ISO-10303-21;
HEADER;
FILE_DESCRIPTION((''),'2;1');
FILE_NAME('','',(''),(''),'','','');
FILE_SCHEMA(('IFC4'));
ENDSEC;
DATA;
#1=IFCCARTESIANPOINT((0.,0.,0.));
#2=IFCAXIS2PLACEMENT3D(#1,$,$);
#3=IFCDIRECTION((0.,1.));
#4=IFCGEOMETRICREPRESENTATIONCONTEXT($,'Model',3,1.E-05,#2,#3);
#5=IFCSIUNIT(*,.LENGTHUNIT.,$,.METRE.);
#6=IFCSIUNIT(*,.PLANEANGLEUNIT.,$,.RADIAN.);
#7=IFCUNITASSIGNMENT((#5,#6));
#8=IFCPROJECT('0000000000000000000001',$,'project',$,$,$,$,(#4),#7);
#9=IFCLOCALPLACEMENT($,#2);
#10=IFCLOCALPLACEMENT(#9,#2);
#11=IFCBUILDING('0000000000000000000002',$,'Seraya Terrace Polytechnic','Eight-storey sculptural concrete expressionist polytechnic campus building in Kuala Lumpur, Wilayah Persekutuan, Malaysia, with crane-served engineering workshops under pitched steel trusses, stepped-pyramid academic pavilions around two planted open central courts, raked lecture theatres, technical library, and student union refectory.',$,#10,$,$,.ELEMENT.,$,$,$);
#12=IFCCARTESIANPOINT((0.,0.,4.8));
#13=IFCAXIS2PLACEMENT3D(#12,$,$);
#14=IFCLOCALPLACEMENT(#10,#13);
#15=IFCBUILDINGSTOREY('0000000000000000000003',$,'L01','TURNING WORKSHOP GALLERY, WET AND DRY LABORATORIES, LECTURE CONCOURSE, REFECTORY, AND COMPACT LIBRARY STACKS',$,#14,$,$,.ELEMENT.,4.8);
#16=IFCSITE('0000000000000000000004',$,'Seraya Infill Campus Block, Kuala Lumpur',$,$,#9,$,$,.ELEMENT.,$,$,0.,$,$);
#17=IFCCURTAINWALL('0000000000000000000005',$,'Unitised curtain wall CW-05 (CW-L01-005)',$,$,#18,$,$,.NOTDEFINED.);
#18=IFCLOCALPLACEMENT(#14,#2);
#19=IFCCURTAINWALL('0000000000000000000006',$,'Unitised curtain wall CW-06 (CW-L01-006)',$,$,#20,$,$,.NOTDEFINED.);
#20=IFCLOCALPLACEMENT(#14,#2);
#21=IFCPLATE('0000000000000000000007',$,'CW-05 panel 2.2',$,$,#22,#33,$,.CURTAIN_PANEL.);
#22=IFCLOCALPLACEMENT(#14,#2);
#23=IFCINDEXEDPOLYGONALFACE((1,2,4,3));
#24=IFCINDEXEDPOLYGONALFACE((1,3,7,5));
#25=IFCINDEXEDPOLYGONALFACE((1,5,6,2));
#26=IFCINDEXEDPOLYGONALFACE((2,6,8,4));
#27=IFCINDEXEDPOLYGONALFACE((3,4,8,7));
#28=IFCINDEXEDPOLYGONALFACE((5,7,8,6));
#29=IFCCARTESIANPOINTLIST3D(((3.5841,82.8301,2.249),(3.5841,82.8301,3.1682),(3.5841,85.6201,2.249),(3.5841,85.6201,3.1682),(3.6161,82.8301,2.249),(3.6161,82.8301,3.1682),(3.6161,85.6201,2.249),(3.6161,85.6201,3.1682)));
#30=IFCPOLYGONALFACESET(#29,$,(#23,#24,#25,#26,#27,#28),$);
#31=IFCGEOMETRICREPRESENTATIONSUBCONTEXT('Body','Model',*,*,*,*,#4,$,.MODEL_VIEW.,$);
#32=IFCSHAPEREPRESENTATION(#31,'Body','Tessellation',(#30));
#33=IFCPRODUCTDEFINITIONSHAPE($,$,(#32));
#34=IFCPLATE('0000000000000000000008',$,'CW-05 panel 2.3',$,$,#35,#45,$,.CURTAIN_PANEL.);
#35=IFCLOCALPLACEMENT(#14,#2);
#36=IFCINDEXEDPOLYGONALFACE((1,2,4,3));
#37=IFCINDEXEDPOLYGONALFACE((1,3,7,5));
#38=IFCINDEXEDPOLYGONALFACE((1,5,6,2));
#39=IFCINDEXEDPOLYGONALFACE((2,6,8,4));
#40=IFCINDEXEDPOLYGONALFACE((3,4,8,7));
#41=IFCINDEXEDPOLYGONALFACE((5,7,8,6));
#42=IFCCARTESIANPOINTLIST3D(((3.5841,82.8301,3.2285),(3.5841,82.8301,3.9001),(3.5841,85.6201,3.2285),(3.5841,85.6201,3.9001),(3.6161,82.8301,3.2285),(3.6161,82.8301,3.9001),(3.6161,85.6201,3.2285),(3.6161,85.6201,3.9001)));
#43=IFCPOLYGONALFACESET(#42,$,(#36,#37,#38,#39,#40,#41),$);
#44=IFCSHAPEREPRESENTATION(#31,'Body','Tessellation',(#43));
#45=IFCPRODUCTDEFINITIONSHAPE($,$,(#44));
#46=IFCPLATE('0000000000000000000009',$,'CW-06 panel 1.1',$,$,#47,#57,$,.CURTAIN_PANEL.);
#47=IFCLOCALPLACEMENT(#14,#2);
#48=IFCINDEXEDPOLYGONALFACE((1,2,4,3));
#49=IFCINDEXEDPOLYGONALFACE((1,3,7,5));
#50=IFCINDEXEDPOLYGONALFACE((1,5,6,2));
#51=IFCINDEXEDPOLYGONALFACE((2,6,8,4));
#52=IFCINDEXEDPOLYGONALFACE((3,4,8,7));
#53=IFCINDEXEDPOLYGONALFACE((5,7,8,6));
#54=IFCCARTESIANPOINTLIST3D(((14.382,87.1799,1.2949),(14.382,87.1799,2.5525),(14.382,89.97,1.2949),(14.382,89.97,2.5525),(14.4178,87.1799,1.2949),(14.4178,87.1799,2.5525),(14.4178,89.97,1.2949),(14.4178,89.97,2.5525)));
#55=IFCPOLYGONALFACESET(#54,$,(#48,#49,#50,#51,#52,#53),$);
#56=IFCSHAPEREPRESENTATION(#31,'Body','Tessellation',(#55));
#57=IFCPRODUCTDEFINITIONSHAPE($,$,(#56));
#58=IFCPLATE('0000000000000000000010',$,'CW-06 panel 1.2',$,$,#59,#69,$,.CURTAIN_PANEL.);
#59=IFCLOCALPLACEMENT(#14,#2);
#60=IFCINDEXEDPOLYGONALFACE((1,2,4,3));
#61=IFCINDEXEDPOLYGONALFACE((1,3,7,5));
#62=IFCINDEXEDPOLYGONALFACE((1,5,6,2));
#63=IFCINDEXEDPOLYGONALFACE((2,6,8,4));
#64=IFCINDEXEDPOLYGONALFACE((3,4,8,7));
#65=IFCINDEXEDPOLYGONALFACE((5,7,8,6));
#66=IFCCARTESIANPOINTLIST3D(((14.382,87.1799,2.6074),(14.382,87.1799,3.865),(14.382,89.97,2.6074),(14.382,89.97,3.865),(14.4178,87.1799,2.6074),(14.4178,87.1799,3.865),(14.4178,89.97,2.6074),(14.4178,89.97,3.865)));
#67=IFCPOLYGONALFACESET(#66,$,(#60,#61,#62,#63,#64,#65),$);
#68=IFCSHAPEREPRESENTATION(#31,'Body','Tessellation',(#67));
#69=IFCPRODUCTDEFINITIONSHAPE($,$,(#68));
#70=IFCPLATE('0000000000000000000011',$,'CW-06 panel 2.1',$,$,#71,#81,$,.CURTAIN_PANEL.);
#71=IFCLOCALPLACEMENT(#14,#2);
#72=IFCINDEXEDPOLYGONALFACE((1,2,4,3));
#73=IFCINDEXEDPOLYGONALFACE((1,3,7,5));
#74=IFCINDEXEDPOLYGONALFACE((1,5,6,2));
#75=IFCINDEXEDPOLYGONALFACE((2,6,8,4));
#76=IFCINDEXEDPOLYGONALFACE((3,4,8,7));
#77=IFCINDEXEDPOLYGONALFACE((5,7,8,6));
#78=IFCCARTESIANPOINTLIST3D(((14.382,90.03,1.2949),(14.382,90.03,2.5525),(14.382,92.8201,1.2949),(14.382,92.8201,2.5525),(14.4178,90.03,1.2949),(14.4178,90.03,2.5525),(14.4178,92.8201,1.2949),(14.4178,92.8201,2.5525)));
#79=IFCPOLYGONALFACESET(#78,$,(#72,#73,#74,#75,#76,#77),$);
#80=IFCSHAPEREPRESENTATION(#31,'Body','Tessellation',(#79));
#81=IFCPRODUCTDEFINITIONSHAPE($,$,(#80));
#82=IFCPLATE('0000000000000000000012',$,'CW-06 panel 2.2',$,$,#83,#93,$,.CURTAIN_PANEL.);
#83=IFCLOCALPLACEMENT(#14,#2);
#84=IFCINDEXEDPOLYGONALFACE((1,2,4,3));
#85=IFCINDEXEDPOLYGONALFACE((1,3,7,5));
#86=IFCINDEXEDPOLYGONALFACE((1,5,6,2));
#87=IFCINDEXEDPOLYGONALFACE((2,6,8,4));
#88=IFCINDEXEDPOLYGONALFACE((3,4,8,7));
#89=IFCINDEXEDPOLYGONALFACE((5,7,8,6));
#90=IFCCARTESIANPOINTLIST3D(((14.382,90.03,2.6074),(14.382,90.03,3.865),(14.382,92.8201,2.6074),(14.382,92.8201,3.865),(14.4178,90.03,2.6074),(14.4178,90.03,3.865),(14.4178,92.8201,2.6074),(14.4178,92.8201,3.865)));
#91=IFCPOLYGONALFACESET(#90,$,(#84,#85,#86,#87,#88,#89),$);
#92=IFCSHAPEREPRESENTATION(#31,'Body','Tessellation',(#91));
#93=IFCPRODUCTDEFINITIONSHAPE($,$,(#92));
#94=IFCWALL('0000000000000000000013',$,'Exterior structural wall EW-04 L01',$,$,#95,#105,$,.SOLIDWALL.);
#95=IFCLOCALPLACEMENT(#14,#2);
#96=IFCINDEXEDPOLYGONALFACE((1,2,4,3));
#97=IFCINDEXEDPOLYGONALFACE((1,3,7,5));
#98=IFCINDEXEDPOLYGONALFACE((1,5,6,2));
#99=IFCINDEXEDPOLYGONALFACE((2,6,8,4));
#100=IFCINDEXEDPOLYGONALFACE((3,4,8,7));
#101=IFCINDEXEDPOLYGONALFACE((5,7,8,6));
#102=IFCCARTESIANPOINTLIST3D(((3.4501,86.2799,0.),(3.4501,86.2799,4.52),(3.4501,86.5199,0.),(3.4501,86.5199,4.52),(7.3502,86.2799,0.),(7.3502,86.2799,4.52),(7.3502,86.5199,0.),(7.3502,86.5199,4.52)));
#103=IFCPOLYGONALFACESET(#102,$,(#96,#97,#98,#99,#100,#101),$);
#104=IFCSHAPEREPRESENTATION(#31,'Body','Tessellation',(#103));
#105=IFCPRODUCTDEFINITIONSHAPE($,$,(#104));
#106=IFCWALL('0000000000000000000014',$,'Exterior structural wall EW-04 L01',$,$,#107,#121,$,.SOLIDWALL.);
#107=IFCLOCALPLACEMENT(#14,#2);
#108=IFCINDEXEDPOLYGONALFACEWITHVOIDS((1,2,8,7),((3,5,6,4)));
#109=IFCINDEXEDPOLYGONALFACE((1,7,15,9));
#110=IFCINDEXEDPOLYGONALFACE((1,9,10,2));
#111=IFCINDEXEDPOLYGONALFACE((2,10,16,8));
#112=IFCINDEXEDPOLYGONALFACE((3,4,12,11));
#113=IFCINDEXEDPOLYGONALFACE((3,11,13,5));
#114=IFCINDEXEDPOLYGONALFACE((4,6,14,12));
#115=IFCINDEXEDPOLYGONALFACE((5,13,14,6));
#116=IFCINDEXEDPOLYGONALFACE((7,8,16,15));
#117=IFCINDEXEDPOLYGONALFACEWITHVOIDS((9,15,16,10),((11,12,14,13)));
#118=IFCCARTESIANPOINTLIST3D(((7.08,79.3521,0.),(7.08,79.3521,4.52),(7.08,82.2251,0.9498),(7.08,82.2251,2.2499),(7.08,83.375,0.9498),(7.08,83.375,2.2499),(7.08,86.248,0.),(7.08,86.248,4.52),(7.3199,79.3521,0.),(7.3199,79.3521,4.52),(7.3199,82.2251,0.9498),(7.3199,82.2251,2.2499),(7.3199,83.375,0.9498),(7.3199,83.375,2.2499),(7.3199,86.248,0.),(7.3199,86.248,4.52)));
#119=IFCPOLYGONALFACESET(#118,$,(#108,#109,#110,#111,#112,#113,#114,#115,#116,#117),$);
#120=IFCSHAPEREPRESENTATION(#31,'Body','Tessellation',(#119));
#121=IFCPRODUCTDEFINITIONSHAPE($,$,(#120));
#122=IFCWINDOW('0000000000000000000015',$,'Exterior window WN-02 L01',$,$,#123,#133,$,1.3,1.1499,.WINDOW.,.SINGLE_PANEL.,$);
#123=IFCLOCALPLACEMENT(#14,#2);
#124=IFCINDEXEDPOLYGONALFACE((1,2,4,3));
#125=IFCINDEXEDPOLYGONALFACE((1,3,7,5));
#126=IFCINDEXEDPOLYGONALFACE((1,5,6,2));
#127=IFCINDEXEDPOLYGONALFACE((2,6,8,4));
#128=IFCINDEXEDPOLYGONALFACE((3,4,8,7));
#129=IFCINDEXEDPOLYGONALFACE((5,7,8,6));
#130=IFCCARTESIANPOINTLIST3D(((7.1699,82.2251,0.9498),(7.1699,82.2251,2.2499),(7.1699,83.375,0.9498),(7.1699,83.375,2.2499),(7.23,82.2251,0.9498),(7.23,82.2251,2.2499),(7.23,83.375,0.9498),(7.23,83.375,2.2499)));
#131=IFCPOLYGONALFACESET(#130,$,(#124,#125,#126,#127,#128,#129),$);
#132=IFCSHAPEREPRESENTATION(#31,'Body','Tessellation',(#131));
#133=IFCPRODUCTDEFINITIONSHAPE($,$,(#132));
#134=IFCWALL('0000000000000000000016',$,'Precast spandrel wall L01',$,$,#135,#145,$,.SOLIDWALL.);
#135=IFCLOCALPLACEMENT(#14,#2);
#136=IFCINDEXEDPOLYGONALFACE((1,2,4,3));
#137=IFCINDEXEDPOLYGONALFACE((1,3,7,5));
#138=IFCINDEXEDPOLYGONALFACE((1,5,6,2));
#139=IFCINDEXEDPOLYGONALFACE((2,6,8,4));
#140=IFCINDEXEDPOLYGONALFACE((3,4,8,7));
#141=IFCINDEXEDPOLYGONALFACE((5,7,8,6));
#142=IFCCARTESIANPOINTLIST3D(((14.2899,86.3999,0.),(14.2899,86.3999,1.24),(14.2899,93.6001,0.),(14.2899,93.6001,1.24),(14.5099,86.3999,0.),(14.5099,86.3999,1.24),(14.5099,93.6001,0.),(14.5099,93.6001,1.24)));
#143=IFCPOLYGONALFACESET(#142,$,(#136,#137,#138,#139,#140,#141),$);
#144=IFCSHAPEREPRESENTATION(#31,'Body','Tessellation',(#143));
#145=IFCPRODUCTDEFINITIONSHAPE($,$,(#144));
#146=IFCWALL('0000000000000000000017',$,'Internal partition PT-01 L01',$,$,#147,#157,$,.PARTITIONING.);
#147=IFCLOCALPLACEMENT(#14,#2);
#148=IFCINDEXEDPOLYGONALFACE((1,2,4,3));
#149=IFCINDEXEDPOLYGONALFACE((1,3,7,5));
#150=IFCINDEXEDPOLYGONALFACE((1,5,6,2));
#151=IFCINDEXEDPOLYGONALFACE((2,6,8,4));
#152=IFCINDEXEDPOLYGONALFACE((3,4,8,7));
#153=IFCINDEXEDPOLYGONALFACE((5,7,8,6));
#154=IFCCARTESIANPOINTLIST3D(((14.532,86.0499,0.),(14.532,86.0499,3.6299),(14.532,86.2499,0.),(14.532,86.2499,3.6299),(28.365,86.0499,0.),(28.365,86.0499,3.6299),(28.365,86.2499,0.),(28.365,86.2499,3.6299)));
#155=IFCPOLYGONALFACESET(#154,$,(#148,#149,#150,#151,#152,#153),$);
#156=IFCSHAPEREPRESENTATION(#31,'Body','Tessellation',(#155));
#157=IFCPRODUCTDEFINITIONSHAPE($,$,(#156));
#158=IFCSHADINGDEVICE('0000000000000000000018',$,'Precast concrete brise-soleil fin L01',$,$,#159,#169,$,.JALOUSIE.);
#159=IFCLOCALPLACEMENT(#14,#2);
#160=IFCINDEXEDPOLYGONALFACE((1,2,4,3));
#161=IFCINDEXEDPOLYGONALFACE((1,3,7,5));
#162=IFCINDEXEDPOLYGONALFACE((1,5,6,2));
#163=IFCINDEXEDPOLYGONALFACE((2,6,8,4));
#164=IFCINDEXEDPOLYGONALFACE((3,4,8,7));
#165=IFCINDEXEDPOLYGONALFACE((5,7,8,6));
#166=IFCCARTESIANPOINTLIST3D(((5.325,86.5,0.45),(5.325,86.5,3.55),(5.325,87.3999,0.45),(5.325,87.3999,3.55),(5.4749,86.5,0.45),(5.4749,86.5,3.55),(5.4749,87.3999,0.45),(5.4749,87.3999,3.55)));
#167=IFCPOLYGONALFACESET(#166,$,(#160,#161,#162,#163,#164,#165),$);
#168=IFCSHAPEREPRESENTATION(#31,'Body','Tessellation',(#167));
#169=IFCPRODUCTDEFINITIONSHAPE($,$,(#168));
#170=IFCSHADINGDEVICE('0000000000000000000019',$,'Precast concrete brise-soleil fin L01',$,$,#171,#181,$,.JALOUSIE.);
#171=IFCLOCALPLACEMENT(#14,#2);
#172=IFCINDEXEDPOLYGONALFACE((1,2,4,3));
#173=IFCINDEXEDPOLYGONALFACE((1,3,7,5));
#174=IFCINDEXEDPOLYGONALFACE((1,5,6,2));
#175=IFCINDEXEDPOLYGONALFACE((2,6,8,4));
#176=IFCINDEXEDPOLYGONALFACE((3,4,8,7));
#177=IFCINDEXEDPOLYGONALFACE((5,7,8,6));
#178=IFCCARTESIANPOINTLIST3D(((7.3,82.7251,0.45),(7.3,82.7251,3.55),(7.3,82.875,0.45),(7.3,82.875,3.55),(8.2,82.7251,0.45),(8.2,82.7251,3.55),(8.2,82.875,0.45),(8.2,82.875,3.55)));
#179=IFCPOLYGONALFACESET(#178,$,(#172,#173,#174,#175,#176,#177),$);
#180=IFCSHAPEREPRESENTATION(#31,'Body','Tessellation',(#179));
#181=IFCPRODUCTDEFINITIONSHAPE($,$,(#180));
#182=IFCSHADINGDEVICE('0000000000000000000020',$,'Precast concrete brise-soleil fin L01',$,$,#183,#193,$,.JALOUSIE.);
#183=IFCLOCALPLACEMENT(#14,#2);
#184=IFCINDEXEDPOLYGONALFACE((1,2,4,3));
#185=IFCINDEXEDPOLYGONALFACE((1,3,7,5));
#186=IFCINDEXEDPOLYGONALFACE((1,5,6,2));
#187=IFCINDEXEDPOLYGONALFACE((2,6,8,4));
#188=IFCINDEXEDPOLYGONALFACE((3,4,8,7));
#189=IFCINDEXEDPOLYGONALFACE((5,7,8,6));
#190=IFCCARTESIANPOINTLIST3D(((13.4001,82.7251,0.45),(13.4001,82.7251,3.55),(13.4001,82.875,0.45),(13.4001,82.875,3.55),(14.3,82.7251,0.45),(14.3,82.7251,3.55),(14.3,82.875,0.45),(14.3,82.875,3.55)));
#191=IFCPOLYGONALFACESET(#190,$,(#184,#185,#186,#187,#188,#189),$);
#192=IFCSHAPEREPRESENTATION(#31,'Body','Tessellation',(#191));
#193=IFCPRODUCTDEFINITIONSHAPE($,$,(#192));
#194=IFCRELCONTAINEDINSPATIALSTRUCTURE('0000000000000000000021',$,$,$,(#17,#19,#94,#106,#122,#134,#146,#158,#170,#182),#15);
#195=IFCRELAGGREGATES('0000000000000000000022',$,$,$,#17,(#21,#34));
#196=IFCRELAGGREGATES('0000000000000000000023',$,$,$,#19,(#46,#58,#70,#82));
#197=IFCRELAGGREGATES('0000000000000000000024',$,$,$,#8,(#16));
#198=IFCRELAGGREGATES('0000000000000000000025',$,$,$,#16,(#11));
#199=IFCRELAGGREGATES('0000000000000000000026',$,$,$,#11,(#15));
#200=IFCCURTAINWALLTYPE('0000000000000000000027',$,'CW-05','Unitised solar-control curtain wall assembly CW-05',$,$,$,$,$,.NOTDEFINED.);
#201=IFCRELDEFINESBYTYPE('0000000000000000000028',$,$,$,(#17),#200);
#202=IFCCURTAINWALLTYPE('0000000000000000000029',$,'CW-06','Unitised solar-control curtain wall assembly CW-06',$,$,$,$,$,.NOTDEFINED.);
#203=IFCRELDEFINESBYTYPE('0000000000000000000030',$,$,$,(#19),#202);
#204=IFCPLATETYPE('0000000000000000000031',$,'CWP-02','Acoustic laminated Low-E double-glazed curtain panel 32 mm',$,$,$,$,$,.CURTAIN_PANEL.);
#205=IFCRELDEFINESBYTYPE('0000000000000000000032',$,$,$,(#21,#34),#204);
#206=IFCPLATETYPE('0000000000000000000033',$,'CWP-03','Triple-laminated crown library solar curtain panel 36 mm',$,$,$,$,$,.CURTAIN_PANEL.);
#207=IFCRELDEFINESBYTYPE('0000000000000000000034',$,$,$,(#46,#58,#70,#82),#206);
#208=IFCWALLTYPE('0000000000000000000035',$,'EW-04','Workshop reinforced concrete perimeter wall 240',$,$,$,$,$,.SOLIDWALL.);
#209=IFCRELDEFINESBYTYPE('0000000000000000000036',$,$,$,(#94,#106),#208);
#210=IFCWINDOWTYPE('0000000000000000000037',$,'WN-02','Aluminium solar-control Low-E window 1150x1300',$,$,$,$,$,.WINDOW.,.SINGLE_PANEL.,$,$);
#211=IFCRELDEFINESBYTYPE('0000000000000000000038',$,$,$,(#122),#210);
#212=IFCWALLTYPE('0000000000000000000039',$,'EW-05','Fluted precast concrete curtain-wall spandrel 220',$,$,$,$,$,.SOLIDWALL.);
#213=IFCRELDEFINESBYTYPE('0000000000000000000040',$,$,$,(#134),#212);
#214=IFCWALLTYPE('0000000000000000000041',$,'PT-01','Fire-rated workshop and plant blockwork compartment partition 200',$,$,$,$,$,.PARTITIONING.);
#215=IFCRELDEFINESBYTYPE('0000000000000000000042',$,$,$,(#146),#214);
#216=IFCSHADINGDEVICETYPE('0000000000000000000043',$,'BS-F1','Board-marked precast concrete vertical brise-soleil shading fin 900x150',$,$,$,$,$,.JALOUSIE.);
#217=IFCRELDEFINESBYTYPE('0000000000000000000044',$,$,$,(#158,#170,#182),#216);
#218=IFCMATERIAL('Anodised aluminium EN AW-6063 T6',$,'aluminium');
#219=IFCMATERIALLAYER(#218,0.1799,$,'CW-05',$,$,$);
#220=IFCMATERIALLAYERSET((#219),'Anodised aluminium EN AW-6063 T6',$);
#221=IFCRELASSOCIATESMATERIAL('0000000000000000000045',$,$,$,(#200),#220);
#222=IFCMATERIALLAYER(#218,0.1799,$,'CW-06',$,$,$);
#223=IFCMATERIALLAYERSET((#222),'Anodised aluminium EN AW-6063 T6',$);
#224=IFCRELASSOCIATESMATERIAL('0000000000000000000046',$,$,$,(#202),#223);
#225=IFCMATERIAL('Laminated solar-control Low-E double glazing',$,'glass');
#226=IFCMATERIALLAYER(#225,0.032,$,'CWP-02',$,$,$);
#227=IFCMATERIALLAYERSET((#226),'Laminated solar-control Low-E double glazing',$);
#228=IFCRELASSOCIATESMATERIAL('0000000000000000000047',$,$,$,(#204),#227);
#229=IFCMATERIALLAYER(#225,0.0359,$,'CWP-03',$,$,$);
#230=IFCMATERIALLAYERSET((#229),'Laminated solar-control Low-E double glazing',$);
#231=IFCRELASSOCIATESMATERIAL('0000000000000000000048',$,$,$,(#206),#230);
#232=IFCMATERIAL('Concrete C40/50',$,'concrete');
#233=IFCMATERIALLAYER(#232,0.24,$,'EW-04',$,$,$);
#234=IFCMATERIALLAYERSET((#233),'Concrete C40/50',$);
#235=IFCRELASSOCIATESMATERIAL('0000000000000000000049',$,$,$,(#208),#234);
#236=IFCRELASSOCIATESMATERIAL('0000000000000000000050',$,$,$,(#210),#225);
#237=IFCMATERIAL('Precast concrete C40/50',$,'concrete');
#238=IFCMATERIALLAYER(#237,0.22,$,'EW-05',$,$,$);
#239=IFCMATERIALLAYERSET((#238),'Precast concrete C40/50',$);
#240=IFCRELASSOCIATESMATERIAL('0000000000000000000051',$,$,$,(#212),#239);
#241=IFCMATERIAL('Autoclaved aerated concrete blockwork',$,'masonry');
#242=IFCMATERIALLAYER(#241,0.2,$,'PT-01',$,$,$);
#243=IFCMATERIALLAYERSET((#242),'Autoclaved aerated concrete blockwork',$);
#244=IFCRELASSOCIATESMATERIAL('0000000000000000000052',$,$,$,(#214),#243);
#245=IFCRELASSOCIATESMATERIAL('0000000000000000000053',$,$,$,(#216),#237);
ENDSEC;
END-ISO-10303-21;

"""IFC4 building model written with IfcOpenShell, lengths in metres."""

from ifc_helpers import new_model, si_unit, direction, frame, frame_2d, origin, origin_2d, place, context, subcontext, project, spatial, rectangle, extrude, material, layer, layer_set, type_object, element, fill, aggregate, save


model = new_model("IFC4")

# Units and contexts
model_context = context("Model", 3, precision=1e-05, world=origin(), true_north=direction((0.0, 1.0)))
body_context = subcontext(model_context, "Body", "Model", "MODEL_VIEW")
ifc_project = project(units=[si_unit("LENGTHUNIT", "METRE"), si_unit("PLANEANGLEUNIT", "RADIAN")], contexts=[model_context])

# Site, building, storey
site_placement = place(None, origin())
site = spatial("IfcSite", under=ifc_project, at=site_placement, Name="Seraya Infill Campus Block, Kuala Lumpur", CompositionType="ELEMENT", RefElevation=0.0)
building_placement = place(site_placement, origin())
building = spatial("IfcBuilding", under=site, at=building_placement, Name="Seraya Terrace Polytechnic", Description="Eight-storey sculptural concrete expressionist polytechnic campus building in Kuala Lumpur, Wilayah Persekutuan, Malaysia, with crane-served engineering workshops under pitched steel trusses, stepped-pyramid academic pavilions around two planted open central courts, raked lecture theatres, technical library, and student union refectory.", CompositionType="ELEMENT")
storey_placement = place(building_placement, frame((0.0, 0.0, 4.8)))
storey = spatial("IfcBuildingStorey", under=building, at=storey_placement, Name="L01", Description="TURNING WORKSHOP GALLERY, WET AND DRY LABORATORIES, LECTURE CONCOURSE, REFECTORY, AND COMPACT LIBRARY STACKS", CompositionType="ELEMENT", Elevation=4.8)

# Shared definitions
ifc_material_1 = material(Name="Concrete C40/50", Category="concrete")

# Curtain walls
ifc_material_2 = material(Name="Anodised aluminium EN AW-6063 T6", Category="aluminium")
ifc_layer_1 = layer(ifc_material_2, 0.1799, Name="CW-05")
ifc_layer_set_1 = layer_set([ifc_layer_1], Name="Anodised aluminium EN AW-6063 T6")
curtain_wall_type_1 = type_object("IfcCurtainWallType", Name="CW-05", Description="Unitised solar-control curtain wall assembly CW-05", PredefinedType="NOTDEFINED", material=ifc_layer_set_1)
curtain_wall_1_placement = place(storey_placement, origin())
curtain_wall_1 = element("IfcCurtainWall", 1, at=curtain_wall_1_placement, inside=storey, type_object=curtain_wall_type_1, Name="Unitised curtain wall CW-05 (CW-L01-005)", PredefinedType="NOTDEFINED")
ifc_layer_2 = layer(ifc_material_2, 0.1799, Name="CW-06")
ifc_layer_set_2 = layer_set([ifc_layer_2], Name="Anodised aluminium EN AW-6063 T6")
curtain_wall_type_2 = type_object("IfcCurtainWallType", Name="CW-06", Description="Unitised solar-control curtain wall assembly CW-06", PredefinedType="NOTDEFINED", material=ifc_layer_set_2)
curtain_wall_2_placement = place(storey_placement, origin())
curtain_wall_2 = element("IfcCurtainWall", 2, at=curtain_wall_2_placement, inside=storey, type_object=curtain_wall_type_2, Name="Unitised curtain wall CW-06 (CW-L01-006)", PredefinedType="NOTDEFINED")

# Plates
ifc_material_3 = material(Name="Laminated solar-control Low-E double glazing", Category="glass")
ifc_layer_3 = layer(ifc_material_3, 0.032, Name="CWP-02")
ifc_layer_set_3 = layer_set([ifc_layer_3], Name="Laminated solar-control Low-E double glazing")
plate_type_1 = type_object("IfcPlateType", Name="CWP-02", Description="Acoustic laminated Low-E double-glazed curtain panel 32 mm", PredefinedType="CURTAIN_PANEL", material=ifc_layer_set_3)
plate_1_placement = place(storey_placement, frame((3.6001, 84.2251, 2.249), z_axis=(0.0, 0.0, 1.0), x_axis=(0.0, 1.0, 0.0)))
plate_1 = element("IfcPlate", 3, at=plate_1_placement, type_object=plate_type_1, Name="CW-05 panel 2.2", PredefinedType="CURTAIN_PANEL", context=body_context, shape_type="SweptSolid", body=[
    extrude(rectangle(XDim=2.79, YDim=0.032, at=origin_2d()), origin(), (0.0, 0.0, 1.0), 0.9192),
])
plate_2_placement = place(storey_placement, frame((3.6001, 84.2251, 3.2285), z_axis=(0.0, 0.0, 1.0), x_axis=(0.0, 1.0, 0.0)))
plate_2 = element("IfcPlate", 4, at=plate_2_placement, type_object=plate_type_1, Name="CW-05 panel 2.3", PredefinedType="CURTAIN_PANEL", context=body_context, shape_type="SweptSolid", body=[
    extrude(rectangle(XDim=2.79, YDim=0.032, at=origin_2d()), origin(), (0.0, 0.0, 1.0), 0.6716),
])
aggregate(curtain_wall_1, [plate_1, plate_2])
ifc_layer_4 = layer(ifc_material_3, 0.0359, Name="CWP-03")
ifc_layer_set_4 = layer_set([ifc_layer_4], Name="Laminated solar-control Low-E double glazing")
plate_type_2 = type_object("IfcPlateType", Name="CWP-03", Description="Triple-laminated crown library solar curtain panel 36 mm", PredefinedType="CURTAIN_PANEL", material=ifc_layer_set_4)
plate_3_placement = place(storey_placement, frame((14.3999, 88.575, 1.2949), z_axis=(0.0, 0.0, 1.0), x_axis=(0.0, 1.0, 0.0)))
plate_3 = element("IfcPlate", 5, at=plate_3_placement, type_object=plate_type_2, Name="CW-06 panel 1.1", PredefinedType="CURTAIN_PANEL", context=body_context, shape_type="SweptSolid", body=[
    extrude(rectangle(XDim=2.79, YDim=0.0359, at=origin_2d()), origin(), (0.0, 0.0, 1.0), 1.2576),
])
plate_4_placement = place(storey_placement, frame((14.3999, 88.575, 2.6074), z_axis=(0.0, 0.0, 1.0), x_axis=(0.0, 1.0, 0.0)))
plate_4 = element("IfcPlate", 6, at=plate_4_placement, type_object=plate_type_2, Name="CW-06 panel 1.2", PredefinedType="CURTAIN_PANEL", context=body_context, shape_type="SweptSolid", body=[
    extrude(rectangle(XDim=2.79, YDim=0.0359, at=origin_2d()), origin(), (0.0, 0.0, 1.0), 1.2576),
])
plate_5_placement = place(storey_placement, frame((14.3999, 91.425, 1.2949), z_axis=(0.0, 0.0, 1.0), x_axis=(0.0, 1.0, 0.0)))
plate_5 = element("IfcPlate", 7, at=plate_5_placement, type_object=plate_type_2, Name="CW-06 panel 2.1", PredefinedType="CURTAIN_PANEL", context=body_context, shape_type="SweptSolid", body=[
    extrude(rectangle(XDim=2.79, YDim=0.0359, at=origin_2d()), origin(), (0.0, 0.0, 1.0), 1.2576),
])
plate_6_placement = place(storey_placement, frame((14.3999, 91.425, 2.6074), z_axis=(0.0, 0.0, 1.0), x_axis=(0.0, 1.0, 0.0)))
plate_6 = element("IfcPlate", 8, at=plate_6_placement, type_object=plate_type_2, Name="CW-06 panel 2.2", PredefinedType="CURTAIN_PANEL", context=body_context, shape_type="SweptSolid", body=[
    extrude(rectangle(XDim=2.79, YDim=0.0359, at=origin_2d()), origin(), (0.0, 0.0, 1.0), 1.2576),
])
aggregate(curtain_wall_2, [plate_3, plate_4, plate_5, plate_6])

# Wall
ifc_layer_5 = layer(ifc_material_1, 0.24, Name="EW-04")
ifc_layer_set_5 = layer_set([ifc_layer_5], Name="Concrete C40/50")
wall_type_1 = type_object("IfcWallType", Name="EW-04", Description="Workshop reinforced concrete perimeter wall 240", PredefinedType="SOLIDWALL", material=ifc_layer_set_5)
wall_1_placement = place(storey_placement, frame((3.45, 86.3999, 0.0), z_axis=(0.0, 0.0, 1.0), x_axis=(1.0, 0.0, 0.0)))
element("IfcWall", 9, at=wall_1_placement, inside=storey, type_object=wall_type_1, Name="Exterior structural wall EW-04 L01", PredefinedType="SOLIDWALL", context=body_context, shape_type="SweptSolid", body=[
    extrude(rectangle(XDim=3.9001, YDim=0.24, at=frame_2d((1.9502, 0.0))), origin(), (0.0, 0.0, 1.0), 4.52),
])

# Wall, opening, window
wall_2_placement = place(storey_placement, frame((7.2, 86.248, 0.0), z_axis=(0.0, 0.0, 1.0), x_axis=(0.0, -1.0, 0.0)))
wall_2 = element("IfcWall", 10, at=wall_2_placement, inside=storey, type_object=wall_type_1, Name="Exterior structural wall EW-04 L01", PredefinedType="SOLIDWALL", context=body_context, shape_type="SweptSolid", body=[
    extrude(rectangle(XDim=6.896, YDim=0.24, at=frame_2d((3.448, 0.0))), origin(), (0.0, 0.0, 1.0), 4.52),
])
opening_placement = place(wall_2_placement, frame((2.873, 0.0, 0.95)))
opening = element("IfcOpeningElement", 11, at=opening_placement, cuts=wall_2, PredefinedType="OPENING", context=body_context, shape_type="SweptSolid", body=[
    extrude(rectangle(XDim=1.1499, YDim=1.3, at=frame_2d((0.575, 0.6499))), frame((0.0, 0.1318, 0.0), z_axis=(0.0, -1.0, 0.0), x_axis=(1.0, 0.0, 0.0)), (0.0, 0.0, 1.0), 0.2639),
])
window_type = type_object("IfcWindowType", Name="WN-02", Description="Aluminium solar-control Low-E window 1150x1300", PartitioningType="SINGLE_PANEL", PredefinedType="WINDOW", material=ifc_material_3)
window_placement = place(opening_placement, origin())
window = element("IfcWindow", 12, at=window_placement, inside=storey, type_object=window_type, Name="Exterior window WN-02 L01", OverallHeight=1.3, OverallWidth=1.1499, PartitioningType="SINGLE_PANEL", PredefinedType="WINDOW", context=body_context, shape_type="SweptSolid", body=[
    extrude(rectangle(XDim=1.1499, YDim=1.3, at=frame_2d((0.575, 0.6499))), frame((0.0, 0.03, 0.0), z_axis=(0.0, -1.0, 0.0), x_axis=(1.0, 0.0, 0.0)), (0.0, 0.0, 1.0), 0.0601),
])
fill(opening, window)

# Walls
ifc_material_4 = material(Name="Precast concrete C40/50", Category="concrete")
ifc_layer_6 = layer(ifc_material_4, 0.22, Name="EW-05")
ifc_layer_set_6 = layer_set([ifc_layer_6], Name="Precast concrete C40/50")
wall_type_2 = type_object("IfcWallType", Name="EW-05", Description="Fluted precast concrete curtain-wall spandrel 220", PredefinedType="SOLIDWALL", material=ifc_layer_set_6)
wall_3_placement = place(storey_placement, frame((14.3999, 86.3999, 0.0), z_axis=(0.0, 0.0, 1.0), x_axis=(0.0, 1.0, 0.0)))
element("IfcWall", 13, at=wall_3_placement, inside=storey, type_object=wall_type_2, Name="Precast spandrel wall L01", PredefinedType="SOLIDWALL", context=body_context, shape_type="SweptSolid", body=[
    extrude(rectangle(XDim=7.2002, YDim=0.22, at=frame_2d((3.6001, 0.0))), origin(), (0.0, 0.0, 1.0), 1.24),
])
ifc_material_5 = material(Name="Autoclaved aerated concrete blockwork", Category="masonry")
ifc_layer_7 = layer(ifc_material_5, 0.2, Name="PT-01")
ifc_layer_set_7 = layer_set([ifc_layer_7], Name="Autoclaved aerated concrete blockwork")
wall_type_3 = type_object("IfcWallType", Name="PT-01", Description="Fire-rated workshop and plant blockwork compartment partition 200", PredefinedType="PARTITIONING", material=ifc_layer_set_7)
wall_4_placement = place(storey_placement, frame((14.532, 86.1499, 0.0), z_axis=(0.0, 0.0, 1.0), x_axis=(1.0, 0.0, 0.0)))
element("IfcWall", 14, at=wall_4_placement, inside=storey, type_object=wall_type_3, Name="Internal partition PT-01 L01", PredefinedType="PARTITIONING", context=body_context, shape_type="SweptSolid", body=[
    extrude(rectangle(XDim=13.833, YDim=0.2, at=frame_2d((6.9165, 0.0))), origin(), (0.0, 0.0, 1.0), 3.6299),
])

# Shading devices
shading_device_type = type_object("IfcShadingDeviceType", Name="BS-F1", Description="Board-marked precast concrete vertical brise-soleil shading fin 900x150", PredefinedType="JALOUSIE", material=ifc_material_4)
for number, where, z_axis, x_axis, name in (
    (15, (5.3999, 86.95, 0.45), (0.0, 0.0, 1.0), (0.0, 1.0, 0.0), "Precast concrete brise-soleil fin L01"),
    (16, (7.75, 82.8, 0.45), (0.0, 0.0, 1.0), (1.0, 0.0, 0.0), "Precast concrete brise-soleil fin L01"),
    (17, (13.8501, 82.8, 0.45), (0.0, 0.0, 1.0), (-1.0, 0.0, 0.0), "Precast concrete brise-soleil fin L01"),
):
    element("IfcShadingDevice", number, at=place(storey_placement, frame(where, z_axis=z_axis, x_axis=x_axis)), inside=storey, type_object=shading_device_type, Name=name, PredefinedType="JALOUSIE", context=body_context, shape_type="SweptSolid", body=[
        extrude(rectangle(XDim=0.8999, YDim=0.1499, at=origin_2d()), origin(), (0.0, 0.0, 1.0), 3.1001),
    ])

save(model, "model.ifc")
